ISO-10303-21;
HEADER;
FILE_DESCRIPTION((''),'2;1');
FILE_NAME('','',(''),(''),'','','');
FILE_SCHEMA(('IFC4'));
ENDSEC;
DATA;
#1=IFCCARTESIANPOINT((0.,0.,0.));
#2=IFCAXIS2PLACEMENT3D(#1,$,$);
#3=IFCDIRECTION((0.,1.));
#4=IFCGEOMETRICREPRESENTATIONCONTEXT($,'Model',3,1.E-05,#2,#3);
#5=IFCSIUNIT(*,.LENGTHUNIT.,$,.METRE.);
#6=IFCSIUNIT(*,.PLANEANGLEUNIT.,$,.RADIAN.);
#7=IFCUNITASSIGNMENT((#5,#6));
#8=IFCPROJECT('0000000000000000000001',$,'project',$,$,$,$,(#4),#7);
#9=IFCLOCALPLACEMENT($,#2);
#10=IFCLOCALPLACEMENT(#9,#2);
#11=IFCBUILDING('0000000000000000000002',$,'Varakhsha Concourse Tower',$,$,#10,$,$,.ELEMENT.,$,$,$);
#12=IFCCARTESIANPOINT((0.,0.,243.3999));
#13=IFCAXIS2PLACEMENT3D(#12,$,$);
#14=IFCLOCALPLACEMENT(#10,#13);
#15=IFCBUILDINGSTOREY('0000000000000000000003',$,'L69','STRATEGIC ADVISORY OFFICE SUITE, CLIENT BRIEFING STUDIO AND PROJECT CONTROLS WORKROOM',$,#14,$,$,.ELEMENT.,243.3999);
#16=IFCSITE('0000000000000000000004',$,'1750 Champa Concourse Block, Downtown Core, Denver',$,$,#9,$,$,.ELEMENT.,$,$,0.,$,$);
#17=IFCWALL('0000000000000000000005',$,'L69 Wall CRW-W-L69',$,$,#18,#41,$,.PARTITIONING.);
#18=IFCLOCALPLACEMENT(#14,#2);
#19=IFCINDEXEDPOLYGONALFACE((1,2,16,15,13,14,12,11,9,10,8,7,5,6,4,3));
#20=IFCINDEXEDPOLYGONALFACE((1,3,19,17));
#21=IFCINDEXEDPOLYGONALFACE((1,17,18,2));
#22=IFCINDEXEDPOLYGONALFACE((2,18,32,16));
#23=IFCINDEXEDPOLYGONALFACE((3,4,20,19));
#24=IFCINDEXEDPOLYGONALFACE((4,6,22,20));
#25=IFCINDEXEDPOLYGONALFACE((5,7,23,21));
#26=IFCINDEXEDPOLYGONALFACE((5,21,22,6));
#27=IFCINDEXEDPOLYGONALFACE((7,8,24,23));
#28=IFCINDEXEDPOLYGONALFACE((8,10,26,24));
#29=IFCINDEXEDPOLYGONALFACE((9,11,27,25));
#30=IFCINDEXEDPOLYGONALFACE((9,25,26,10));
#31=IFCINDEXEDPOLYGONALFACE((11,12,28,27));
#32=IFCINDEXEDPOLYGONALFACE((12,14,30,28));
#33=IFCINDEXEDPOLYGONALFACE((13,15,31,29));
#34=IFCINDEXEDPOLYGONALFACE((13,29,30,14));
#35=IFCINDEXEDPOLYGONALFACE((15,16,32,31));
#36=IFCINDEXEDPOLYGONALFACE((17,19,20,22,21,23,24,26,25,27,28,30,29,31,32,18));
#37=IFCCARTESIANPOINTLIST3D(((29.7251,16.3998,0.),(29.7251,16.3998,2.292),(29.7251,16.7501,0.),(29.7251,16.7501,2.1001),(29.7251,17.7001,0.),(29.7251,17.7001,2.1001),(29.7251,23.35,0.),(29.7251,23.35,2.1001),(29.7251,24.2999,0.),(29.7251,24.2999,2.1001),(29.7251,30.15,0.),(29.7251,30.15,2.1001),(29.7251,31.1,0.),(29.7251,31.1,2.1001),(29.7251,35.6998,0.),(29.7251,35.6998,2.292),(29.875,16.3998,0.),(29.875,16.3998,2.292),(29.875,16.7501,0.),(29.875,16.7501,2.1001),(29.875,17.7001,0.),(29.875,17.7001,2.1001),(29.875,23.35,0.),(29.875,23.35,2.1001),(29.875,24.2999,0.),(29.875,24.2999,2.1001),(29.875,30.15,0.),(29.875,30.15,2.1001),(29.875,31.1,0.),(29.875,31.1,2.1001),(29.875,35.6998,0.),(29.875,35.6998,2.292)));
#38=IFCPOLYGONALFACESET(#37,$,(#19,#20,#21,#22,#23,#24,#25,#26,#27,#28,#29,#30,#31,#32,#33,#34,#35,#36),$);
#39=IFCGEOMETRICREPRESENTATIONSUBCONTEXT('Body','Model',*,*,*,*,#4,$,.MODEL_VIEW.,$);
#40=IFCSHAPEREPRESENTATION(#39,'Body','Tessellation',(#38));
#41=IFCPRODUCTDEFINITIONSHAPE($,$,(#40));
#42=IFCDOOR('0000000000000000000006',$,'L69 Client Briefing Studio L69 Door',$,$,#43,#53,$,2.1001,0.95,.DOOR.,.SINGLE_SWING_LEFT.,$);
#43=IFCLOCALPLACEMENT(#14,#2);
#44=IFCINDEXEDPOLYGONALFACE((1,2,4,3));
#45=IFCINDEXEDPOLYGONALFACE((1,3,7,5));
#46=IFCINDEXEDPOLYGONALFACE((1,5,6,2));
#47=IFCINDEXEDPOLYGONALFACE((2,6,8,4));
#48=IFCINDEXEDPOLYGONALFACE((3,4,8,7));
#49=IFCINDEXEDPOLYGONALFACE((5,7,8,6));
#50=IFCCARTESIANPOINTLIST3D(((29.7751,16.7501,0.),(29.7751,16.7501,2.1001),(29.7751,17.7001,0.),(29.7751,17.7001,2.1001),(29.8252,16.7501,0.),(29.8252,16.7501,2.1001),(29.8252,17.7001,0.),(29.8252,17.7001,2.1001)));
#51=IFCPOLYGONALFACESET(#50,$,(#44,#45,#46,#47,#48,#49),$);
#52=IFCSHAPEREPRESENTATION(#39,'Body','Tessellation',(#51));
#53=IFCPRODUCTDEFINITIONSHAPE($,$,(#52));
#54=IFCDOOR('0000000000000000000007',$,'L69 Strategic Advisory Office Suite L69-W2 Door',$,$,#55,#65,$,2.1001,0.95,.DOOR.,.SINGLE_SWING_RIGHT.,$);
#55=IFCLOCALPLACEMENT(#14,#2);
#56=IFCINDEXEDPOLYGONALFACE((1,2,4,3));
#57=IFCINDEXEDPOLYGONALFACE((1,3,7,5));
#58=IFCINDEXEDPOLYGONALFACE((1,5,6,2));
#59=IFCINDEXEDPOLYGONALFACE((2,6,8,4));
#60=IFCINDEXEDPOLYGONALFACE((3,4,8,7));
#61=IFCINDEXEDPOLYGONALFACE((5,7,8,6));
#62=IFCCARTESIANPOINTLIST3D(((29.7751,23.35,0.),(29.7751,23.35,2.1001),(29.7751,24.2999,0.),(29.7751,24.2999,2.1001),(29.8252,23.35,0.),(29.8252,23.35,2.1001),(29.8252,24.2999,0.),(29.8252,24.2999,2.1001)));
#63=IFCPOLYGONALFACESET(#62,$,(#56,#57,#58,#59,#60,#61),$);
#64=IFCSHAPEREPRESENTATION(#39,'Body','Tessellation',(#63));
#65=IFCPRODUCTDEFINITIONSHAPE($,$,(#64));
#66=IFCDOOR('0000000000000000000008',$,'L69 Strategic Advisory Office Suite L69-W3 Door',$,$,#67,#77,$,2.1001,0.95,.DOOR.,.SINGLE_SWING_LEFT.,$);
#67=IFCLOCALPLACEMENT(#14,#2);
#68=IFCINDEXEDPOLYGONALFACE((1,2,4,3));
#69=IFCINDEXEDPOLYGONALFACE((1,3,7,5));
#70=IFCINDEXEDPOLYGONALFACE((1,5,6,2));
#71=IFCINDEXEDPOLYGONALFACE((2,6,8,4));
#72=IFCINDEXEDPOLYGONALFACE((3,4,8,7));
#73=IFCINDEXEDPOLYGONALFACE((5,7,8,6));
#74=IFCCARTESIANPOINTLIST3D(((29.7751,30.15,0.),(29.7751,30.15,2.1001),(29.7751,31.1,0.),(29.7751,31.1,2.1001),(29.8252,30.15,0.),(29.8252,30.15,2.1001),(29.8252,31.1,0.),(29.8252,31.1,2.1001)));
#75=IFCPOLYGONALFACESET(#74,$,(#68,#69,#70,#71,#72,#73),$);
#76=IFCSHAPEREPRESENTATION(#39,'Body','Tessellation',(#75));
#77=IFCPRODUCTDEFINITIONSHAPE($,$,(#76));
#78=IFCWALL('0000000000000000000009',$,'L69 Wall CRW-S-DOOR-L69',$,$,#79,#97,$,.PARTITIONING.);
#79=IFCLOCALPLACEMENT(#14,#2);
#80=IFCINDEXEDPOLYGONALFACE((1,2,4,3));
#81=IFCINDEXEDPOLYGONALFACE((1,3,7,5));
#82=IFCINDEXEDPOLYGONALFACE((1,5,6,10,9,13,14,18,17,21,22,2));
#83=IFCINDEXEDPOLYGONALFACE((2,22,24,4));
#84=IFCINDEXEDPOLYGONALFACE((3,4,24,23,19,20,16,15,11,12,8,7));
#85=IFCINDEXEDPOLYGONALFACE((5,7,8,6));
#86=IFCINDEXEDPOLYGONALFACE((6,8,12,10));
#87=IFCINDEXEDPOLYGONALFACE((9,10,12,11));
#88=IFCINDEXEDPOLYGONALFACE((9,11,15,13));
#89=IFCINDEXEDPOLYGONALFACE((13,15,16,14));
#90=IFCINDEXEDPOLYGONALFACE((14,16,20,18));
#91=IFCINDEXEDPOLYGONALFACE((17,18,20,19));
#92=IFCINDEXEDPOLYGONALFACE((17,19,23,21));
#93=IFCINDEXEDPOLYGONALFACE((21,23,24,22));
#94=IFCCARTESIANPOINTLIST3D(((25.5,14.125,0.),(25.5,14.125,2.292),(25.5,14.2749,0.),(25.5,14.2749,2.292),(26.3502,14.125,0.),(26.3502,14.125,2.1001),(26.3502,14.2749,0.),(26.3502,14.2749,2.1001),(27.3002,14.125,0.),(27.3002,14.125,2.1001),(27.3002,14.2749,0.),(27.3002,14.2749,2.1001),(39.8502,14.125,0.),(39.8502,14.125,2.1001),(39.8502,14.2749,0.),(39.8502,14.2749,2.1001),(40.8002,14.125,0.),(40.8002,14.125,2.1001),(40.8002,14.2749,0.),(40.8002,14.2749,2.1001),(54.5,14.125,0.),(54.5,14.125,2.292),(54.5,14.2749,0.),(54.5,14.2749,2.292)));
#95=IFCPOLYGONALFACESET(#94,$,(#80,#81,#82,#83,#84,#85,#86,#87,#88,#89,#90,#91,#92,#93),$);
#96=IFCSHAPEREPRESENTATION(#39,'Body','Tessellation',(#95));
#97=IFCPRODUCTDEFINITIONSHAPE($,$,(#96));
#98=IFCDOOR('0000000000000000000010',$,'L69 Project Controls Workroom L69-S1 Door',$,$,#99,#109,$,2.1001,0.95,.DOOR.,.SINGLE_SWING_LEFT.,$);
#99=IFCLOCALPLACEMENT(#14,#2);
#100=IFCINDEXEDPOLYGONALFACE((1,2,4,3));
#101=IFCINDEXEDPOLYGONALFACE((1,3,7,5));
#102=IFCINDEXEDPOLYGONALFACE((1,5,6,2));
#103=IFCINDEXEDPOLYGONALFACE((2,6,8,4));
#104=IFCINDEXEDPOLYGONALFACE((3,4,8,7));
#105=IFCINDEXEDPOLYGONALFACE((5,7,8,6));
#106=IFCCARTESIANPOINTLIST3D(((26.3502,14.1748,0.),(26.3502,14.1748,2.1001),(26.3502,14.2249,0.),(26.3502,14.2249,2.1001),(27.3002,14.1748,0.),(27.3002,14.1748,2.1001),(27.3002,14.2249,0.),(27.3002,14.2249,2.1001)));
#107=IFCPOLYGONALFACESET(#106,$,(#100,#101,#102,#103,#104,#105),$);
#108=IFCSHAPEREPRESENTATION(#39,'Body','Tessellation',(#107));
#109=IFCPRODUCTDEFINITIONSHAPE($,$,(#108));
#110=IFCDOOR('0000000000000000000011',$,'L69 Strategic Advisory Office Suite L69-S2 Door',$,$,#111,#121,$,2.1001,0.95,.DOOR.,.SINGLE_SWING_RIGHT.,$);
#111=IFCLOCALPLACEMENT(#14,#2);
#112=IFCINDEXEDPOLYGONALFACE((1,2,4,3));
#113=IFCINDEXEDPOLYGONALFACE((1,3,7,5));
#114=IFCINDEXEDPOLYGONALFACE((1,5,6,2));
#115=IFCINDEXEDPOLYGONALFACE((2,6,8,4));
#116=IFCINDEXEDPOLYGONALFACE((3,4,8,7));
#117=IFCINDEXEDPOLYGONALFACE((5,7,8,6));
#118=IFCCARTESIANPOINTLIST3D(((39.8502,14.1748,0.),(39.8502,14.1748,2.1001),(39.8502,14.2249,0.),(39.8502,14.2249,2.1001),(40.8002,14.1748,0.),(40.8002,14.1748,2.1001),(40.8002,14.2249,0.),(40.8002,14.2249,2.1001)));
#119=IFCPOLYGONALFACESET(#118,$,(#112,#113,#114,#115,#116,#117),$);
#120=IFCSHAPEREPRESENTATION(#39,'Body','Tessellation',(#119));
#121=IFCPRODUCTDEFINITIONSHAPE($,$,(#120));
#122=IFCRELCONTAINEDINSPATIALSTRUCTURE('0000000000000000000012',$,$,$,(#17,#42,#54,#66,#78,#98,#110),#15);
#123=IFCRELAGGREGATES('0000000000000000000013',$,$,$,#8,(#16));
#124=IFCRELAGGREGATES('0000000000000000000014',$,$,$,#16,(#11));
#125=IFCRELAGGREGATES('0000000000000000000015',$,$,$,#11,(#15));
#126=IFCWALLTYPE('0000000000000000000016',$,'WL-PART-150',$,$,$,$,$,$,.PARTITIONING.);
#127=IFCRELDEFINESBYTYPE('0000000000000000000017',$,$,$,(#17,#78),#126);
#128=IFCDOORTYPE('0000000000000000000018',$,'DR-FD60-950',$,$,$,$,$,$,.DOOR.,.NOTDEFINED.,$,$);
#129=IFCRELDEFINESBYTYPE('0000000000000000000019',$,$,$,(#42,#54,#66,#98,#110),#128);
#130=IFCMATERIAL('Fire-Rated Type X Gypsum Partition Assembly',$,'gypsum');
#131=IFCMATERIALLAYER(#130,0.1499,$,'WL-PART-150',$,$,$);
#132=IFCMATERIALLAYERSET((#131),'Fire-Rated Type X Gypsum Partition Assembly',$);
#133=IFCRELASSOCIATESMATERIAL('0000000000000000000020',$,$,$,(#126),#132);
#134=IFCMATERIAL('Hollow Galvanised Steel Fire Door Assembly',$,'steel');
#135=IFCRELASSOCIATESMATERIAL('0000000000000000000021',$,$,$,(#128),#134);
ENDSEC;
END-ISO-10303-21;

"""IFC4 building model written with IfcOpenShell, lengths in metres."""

from ifc_helpers import new_model, si_unit, direction, frame, frame_2d, origin, place, context, subcontext, project, spatial, rectangle, extrude, material, layer, layer_set, type_object, element, fill, save


model = new_model("IFC4")

# Units and contexts
model_context = context("Model", 3, precision=1e-05, world=origin(), true_north=direction((0.0, 1.0)))
body_context = subcontext(model_context, "Body", "Model", "MODEL_VIEW")
ifc_project = project(units=[si_unit("LENGTHUNIT", "METRE"), si_unit("PLANEANGLEUNIT", "RADIAN")], contexts=[model_context])

# Site, building, storey
site_placement = place(None, origin())
site = spatial("IfcSite", under=ifc_project, at=site_placement, Name="1750 Champa Concourse Block, Downtown Core, Denver", CompositionType="ELEMENT", RefElevation=0.0)
building_placement = place(site_placement, origin())
building = spatial("IfcBuilding", under=site, at=building_placement, Name="Varakhsha Concourse Tower", CompositionType="ELEMENT")
storey_placement = place(building_placement, frame((0.0, 0.0, 243.3999)))
storey = spatial("IfcBuildingStorey", under=building, at=storey_placement, Name="L69", Description="STRATEGIC ADVISORY OFFICE SUITE, CLIENT BRIEFING STUDIO AND PROJECT CONTROLS WORKROOM", CompositionType="ELEMENT", Elevation=243.3999)

# Walls, openings, doors
ifc_material_1 = material(Name="Fire-Rated Type X Gypsum Partition Assembly", Category="gypsum")
ifc_layer_1 = layer(ifc_material_1, 0.1499, Name="WL-PART-150")
ifc_layer_set_1 = layer_set([ifc_layer_1], Name="Fire-Rated Type X Gypsum Partition Assembly")
wall_type = type_object("IfcWallType", Name="WL-PART-150", PredefinedType="PARTITIONING", material=ifc_layer_set_1)
wall_1_placement = place(storey_placement, frame((29.8, 16.3999, 0.0), z_axis=(0.0, 0.0, 1.0), x_axis=(0.0, 1.0, 0.0)))
wall_1 = element("IfcWall", 1, at=wall_1_placement, inside=storey, type_object=wall_type, Name="L69 Wall CRW-W-L69", PredefinedType="PARTITIONING", context=body_context, shape_type="SweptSolid", body=[
    extrude(rectangle(XDim=19.3, YDim=0.1499, at=frame_2d((9.6499, 0.0))), origin(), (0.0, 0.0, 1.0), 2.292),
])
opening_1_placement = place(wall_1_placement, frame((0.3501, 0.0, 0.0)))
opening_1 = element("IfcOpeningElement", 2, at=opening_1_placement, cuts=wall_1, PredefinedType="OPENING", context=body_context, shape_type="SweptSolid", body=[
    extrude(rectangle(XDim=0.95, YDim=2.1001, at=frame_2d((0.4751, 1.05))), frame((0.0, 0.085, 0.0), z_axis=(0.0, -1.0, 0.0), x_axis=(1.0, 0.0, 0.0)), (0.0, 0.0, 1.0), 0.1699),
])
opening_2_placement = place(wall_1_placement, frame((6.95, 0.0, 0.0)))
opening_2 = element("IfcOpeningElement", 3, at=opening_2_placement, cuts=wall_1, PredefinedType="OPENING", context=body_context, shape_type="SweptSolid", body=[
    extrude(rectangle(XDim=0.95, YDim=2.1001, at=frame_2d((0.4751, 1.05))), frame((0.0, 0.085, 0.0), z_axis=(0.0, -1.0, 0.0), x_axis=(1.0, 0.0, 0.0)), (0.0, 0.0, 1.0), 0.1699),
])
opening_3_placement = place(wall_1_placement, frame((13.75, 0.0, 0.0)))
opening_3 = element("IfcOpeningElement", 4, at=opening_3_placement, cuts=wall_1, PredefinedType="OPENING", context=body_context, shape_type="SweptSolid", body=[
    extrude(rectangle(XDim=0.95, YDim=2.1001, at=frame_2d((0.4751, 1.05))), frame((0.0, 0.085, 0.0), z_axis=(0.0, -1.0, 0.0), x_axis=(1.0, 0.0, 0.0)), (0.0, 0.0, 1.0), 0.1699),
])
ifc_material_2 = material(Name="Hollow Galvanised Steel Fire Door Assembly", Category="steel")
door_type = type_object("IfcDoorType", Name="DR-FD60-950", OperationType="NOTDEFINED", PredefinedType="DOOR", material=ifc_material_2)
door_1_placement = place(opening_1_placement, origin())
door_1 = element("IfcDoor", 5, at=door_1_placement, inside=storey, type_object=door_type, Name="L69 Client Briefing Studio L69 Door", OperationType="SINGLE_SWING_LEFT", OverallHeight=2.1001, OverallWidth=0.95, PredefinedType="DOOR", context=body_context, shape_type="SweptSolid", body=[
    extrude(rectangle(XDim=0.95, YDim=2.1001, at=frame_2d((0.4751, 1.05))), frame((0.0, 0.0249, 0.0), z_axis=(0.0, -1.0, 0.0), x_axis=(1.0, 0.0, 0.0)), (0.0, 0.0, 1.0), 0.05),
])
fill(opening_1, door_1)
door_2_placement = place(opening_2_placement, origin())
door_2 = element("IfcDoor", 6, at=door_2_placement, inside=storey, type_object=door_type, Name="L69 Strategic Advisory Office Suite L69-W2 Door", OperationType="SINGLE_SWING_RIGHT", OverallHeight=2.1001, OverallWidth=0.95, PredefinedType="DOOR", context=body_context, shape_type="SweptSolid", body=[
    extrude(rectangle(XDim=0.95, YDim=2.1001, at=frame_2d((0.4751, 1.05))), frame((0.0, 0.0249, 0.0), z_axis=(0.0, -1.0, 0.0), x_axis=(1.0, 0.0, 0.0)), (0.0, 0.0, 1.0), 0.05),
])
fill(opening_2, door_2)
door_3_placement = place(opening_3_placement, origin())
door_3 = element("IfcDoor", 7, at=door_3_placement, inside=storey, type_object=door_type, Name="L69 Strategic Advisory Office Suite L69-W3 Door", OperationType="SINGLE_SWING_LEFT", OverallHeight=2.1001, OverallWidth=0.95, PredefinedType="DOOR", context=body_context, shape_type="SweptSolid", body=[
    extrude(rectangle(XDim=0.95, YDim=2.1001, at=frame_2d((0.4751, 1.05))), frame((0.0, 0.0249, 0.0), z_axis=(0.0, -1.0, 0.0), x_axis=(1.0, 0.0, 0.0)), (0.0, 0.0, 1.0), 0.05),
])
fill(opening_3, door_3)
wall_2_placement = place(storey_placement, frame((25.5, 14.2, 0.0), z_axis=(0.0, 0.0, 1.0), x_axis=(1.0, 0.0, 0.0)))
wall_2 = element("IfcWall", 8, at=wall_2_placement, inside=storey, type_object=wall_type, Name="L69 Wall CRW-S-DOOR-L69", PredefinedType="PARTITIONING", context=body_context, shape_type="SweptSolid", body=[
    extrude(rectangle(XDim=29.0, YDim=0.1499, at=frame_2d((14.5, 0.0))), origin(), (0.0, 0.0, 1.0), 2.292),
])
opening_4_placement = place(wall_2_placement, frame((0.8501, 0.0, 0.0)))
opening_4 = element("IfcOpeningElement", 9, at=opening_4_placement, cuts=wall_2, PredefinedType="OPENING", context=body_context, shape_type="SweptSolid", body=[
    extrude(rectangle(XDim=0.95, YDim=2.1001, at=frame_2d((0.4751, 1.05))), frame((0.0, 0.085, 0.0), z_axis=(0.0, -1.0, 0.0), x_axis=(1.0, 0.0, 0.0)), (0.0, 0.0, 1.0), 0.1699),
])
opening_5_placement = place(wall_2_placement, frame((14.3501, 0.0, 0.0)))
opening_5 = element("IfcOpeningElement", 10, at=opening_5_placement, cuts=wall_2, PredefinedType="OPENING", context=body_context, shape_type="SweptSolid", body=[
    extrude(rectangle(XDim=0.95, YDim=2.1001, at=frame_2d((0.4751, 1.05))), frame((0.0, 0.085, 0.0), z_axis=(0.0, -1.0, 0.0), x_axis=(1.0, 0.0, 0.0)), (0.0, 0.0, 1.0), 0.1699),
])
door_4_placement = place(opening_4_placement, origin())
door_4 = element("IfcDoor", 11, at=door_4_placement, inside=storey, type_object=door_type, Name="L69 Project Controls Workroom L69-S1 Door", OperationType="SINGLE_SWING_LEFT", OverallHeight=2.1001, OverallWidth=0.95, PredefinedType="DOOR", context=body_context, shape_type="SweptSolid", body=[
    extrude(rectangle(XDim=0.95, YDim=2.1001, at=frame_2d((0.4751, 1.05))), frame((0.0, 0.0249, 0.0), z_axis=(0.0, -1.0, 0.0), x_axis=(1.0, 0.0, 0.0)), (0.0, 0.0, 1.0), 0.05),
])
fill(opening_4, door_4)
door_5_placement = place(opening_5_placement, origin())
door_5 = element("IfcDoor", 12, at=door_5_placement, inside=storey, type_object=door_type, Name="L69 Strategic Advisory Office Suite L69-S2 Door", OperationType="SINGLE_SWING_RIGHT", OverallHeight=2.1001, OverallWidth=0.95, PredefinedType="DOOR", context=body_context, shape_type="SweptSolid", body=[
    extrude(rectangle(XDim=0.95, YDim=2.1001, at=frame_2d((0.4751, 1.05))), frame((0.0, 0.0249, 0.0), z_axis=(0.0, -1.0, 0.0), x_axis=(1.0, 0.0, 0.0)), (0.0, 0.0, 1.0), 0.05),
])
fill(opening_5, door_5)

save(model, "model.ifc")
